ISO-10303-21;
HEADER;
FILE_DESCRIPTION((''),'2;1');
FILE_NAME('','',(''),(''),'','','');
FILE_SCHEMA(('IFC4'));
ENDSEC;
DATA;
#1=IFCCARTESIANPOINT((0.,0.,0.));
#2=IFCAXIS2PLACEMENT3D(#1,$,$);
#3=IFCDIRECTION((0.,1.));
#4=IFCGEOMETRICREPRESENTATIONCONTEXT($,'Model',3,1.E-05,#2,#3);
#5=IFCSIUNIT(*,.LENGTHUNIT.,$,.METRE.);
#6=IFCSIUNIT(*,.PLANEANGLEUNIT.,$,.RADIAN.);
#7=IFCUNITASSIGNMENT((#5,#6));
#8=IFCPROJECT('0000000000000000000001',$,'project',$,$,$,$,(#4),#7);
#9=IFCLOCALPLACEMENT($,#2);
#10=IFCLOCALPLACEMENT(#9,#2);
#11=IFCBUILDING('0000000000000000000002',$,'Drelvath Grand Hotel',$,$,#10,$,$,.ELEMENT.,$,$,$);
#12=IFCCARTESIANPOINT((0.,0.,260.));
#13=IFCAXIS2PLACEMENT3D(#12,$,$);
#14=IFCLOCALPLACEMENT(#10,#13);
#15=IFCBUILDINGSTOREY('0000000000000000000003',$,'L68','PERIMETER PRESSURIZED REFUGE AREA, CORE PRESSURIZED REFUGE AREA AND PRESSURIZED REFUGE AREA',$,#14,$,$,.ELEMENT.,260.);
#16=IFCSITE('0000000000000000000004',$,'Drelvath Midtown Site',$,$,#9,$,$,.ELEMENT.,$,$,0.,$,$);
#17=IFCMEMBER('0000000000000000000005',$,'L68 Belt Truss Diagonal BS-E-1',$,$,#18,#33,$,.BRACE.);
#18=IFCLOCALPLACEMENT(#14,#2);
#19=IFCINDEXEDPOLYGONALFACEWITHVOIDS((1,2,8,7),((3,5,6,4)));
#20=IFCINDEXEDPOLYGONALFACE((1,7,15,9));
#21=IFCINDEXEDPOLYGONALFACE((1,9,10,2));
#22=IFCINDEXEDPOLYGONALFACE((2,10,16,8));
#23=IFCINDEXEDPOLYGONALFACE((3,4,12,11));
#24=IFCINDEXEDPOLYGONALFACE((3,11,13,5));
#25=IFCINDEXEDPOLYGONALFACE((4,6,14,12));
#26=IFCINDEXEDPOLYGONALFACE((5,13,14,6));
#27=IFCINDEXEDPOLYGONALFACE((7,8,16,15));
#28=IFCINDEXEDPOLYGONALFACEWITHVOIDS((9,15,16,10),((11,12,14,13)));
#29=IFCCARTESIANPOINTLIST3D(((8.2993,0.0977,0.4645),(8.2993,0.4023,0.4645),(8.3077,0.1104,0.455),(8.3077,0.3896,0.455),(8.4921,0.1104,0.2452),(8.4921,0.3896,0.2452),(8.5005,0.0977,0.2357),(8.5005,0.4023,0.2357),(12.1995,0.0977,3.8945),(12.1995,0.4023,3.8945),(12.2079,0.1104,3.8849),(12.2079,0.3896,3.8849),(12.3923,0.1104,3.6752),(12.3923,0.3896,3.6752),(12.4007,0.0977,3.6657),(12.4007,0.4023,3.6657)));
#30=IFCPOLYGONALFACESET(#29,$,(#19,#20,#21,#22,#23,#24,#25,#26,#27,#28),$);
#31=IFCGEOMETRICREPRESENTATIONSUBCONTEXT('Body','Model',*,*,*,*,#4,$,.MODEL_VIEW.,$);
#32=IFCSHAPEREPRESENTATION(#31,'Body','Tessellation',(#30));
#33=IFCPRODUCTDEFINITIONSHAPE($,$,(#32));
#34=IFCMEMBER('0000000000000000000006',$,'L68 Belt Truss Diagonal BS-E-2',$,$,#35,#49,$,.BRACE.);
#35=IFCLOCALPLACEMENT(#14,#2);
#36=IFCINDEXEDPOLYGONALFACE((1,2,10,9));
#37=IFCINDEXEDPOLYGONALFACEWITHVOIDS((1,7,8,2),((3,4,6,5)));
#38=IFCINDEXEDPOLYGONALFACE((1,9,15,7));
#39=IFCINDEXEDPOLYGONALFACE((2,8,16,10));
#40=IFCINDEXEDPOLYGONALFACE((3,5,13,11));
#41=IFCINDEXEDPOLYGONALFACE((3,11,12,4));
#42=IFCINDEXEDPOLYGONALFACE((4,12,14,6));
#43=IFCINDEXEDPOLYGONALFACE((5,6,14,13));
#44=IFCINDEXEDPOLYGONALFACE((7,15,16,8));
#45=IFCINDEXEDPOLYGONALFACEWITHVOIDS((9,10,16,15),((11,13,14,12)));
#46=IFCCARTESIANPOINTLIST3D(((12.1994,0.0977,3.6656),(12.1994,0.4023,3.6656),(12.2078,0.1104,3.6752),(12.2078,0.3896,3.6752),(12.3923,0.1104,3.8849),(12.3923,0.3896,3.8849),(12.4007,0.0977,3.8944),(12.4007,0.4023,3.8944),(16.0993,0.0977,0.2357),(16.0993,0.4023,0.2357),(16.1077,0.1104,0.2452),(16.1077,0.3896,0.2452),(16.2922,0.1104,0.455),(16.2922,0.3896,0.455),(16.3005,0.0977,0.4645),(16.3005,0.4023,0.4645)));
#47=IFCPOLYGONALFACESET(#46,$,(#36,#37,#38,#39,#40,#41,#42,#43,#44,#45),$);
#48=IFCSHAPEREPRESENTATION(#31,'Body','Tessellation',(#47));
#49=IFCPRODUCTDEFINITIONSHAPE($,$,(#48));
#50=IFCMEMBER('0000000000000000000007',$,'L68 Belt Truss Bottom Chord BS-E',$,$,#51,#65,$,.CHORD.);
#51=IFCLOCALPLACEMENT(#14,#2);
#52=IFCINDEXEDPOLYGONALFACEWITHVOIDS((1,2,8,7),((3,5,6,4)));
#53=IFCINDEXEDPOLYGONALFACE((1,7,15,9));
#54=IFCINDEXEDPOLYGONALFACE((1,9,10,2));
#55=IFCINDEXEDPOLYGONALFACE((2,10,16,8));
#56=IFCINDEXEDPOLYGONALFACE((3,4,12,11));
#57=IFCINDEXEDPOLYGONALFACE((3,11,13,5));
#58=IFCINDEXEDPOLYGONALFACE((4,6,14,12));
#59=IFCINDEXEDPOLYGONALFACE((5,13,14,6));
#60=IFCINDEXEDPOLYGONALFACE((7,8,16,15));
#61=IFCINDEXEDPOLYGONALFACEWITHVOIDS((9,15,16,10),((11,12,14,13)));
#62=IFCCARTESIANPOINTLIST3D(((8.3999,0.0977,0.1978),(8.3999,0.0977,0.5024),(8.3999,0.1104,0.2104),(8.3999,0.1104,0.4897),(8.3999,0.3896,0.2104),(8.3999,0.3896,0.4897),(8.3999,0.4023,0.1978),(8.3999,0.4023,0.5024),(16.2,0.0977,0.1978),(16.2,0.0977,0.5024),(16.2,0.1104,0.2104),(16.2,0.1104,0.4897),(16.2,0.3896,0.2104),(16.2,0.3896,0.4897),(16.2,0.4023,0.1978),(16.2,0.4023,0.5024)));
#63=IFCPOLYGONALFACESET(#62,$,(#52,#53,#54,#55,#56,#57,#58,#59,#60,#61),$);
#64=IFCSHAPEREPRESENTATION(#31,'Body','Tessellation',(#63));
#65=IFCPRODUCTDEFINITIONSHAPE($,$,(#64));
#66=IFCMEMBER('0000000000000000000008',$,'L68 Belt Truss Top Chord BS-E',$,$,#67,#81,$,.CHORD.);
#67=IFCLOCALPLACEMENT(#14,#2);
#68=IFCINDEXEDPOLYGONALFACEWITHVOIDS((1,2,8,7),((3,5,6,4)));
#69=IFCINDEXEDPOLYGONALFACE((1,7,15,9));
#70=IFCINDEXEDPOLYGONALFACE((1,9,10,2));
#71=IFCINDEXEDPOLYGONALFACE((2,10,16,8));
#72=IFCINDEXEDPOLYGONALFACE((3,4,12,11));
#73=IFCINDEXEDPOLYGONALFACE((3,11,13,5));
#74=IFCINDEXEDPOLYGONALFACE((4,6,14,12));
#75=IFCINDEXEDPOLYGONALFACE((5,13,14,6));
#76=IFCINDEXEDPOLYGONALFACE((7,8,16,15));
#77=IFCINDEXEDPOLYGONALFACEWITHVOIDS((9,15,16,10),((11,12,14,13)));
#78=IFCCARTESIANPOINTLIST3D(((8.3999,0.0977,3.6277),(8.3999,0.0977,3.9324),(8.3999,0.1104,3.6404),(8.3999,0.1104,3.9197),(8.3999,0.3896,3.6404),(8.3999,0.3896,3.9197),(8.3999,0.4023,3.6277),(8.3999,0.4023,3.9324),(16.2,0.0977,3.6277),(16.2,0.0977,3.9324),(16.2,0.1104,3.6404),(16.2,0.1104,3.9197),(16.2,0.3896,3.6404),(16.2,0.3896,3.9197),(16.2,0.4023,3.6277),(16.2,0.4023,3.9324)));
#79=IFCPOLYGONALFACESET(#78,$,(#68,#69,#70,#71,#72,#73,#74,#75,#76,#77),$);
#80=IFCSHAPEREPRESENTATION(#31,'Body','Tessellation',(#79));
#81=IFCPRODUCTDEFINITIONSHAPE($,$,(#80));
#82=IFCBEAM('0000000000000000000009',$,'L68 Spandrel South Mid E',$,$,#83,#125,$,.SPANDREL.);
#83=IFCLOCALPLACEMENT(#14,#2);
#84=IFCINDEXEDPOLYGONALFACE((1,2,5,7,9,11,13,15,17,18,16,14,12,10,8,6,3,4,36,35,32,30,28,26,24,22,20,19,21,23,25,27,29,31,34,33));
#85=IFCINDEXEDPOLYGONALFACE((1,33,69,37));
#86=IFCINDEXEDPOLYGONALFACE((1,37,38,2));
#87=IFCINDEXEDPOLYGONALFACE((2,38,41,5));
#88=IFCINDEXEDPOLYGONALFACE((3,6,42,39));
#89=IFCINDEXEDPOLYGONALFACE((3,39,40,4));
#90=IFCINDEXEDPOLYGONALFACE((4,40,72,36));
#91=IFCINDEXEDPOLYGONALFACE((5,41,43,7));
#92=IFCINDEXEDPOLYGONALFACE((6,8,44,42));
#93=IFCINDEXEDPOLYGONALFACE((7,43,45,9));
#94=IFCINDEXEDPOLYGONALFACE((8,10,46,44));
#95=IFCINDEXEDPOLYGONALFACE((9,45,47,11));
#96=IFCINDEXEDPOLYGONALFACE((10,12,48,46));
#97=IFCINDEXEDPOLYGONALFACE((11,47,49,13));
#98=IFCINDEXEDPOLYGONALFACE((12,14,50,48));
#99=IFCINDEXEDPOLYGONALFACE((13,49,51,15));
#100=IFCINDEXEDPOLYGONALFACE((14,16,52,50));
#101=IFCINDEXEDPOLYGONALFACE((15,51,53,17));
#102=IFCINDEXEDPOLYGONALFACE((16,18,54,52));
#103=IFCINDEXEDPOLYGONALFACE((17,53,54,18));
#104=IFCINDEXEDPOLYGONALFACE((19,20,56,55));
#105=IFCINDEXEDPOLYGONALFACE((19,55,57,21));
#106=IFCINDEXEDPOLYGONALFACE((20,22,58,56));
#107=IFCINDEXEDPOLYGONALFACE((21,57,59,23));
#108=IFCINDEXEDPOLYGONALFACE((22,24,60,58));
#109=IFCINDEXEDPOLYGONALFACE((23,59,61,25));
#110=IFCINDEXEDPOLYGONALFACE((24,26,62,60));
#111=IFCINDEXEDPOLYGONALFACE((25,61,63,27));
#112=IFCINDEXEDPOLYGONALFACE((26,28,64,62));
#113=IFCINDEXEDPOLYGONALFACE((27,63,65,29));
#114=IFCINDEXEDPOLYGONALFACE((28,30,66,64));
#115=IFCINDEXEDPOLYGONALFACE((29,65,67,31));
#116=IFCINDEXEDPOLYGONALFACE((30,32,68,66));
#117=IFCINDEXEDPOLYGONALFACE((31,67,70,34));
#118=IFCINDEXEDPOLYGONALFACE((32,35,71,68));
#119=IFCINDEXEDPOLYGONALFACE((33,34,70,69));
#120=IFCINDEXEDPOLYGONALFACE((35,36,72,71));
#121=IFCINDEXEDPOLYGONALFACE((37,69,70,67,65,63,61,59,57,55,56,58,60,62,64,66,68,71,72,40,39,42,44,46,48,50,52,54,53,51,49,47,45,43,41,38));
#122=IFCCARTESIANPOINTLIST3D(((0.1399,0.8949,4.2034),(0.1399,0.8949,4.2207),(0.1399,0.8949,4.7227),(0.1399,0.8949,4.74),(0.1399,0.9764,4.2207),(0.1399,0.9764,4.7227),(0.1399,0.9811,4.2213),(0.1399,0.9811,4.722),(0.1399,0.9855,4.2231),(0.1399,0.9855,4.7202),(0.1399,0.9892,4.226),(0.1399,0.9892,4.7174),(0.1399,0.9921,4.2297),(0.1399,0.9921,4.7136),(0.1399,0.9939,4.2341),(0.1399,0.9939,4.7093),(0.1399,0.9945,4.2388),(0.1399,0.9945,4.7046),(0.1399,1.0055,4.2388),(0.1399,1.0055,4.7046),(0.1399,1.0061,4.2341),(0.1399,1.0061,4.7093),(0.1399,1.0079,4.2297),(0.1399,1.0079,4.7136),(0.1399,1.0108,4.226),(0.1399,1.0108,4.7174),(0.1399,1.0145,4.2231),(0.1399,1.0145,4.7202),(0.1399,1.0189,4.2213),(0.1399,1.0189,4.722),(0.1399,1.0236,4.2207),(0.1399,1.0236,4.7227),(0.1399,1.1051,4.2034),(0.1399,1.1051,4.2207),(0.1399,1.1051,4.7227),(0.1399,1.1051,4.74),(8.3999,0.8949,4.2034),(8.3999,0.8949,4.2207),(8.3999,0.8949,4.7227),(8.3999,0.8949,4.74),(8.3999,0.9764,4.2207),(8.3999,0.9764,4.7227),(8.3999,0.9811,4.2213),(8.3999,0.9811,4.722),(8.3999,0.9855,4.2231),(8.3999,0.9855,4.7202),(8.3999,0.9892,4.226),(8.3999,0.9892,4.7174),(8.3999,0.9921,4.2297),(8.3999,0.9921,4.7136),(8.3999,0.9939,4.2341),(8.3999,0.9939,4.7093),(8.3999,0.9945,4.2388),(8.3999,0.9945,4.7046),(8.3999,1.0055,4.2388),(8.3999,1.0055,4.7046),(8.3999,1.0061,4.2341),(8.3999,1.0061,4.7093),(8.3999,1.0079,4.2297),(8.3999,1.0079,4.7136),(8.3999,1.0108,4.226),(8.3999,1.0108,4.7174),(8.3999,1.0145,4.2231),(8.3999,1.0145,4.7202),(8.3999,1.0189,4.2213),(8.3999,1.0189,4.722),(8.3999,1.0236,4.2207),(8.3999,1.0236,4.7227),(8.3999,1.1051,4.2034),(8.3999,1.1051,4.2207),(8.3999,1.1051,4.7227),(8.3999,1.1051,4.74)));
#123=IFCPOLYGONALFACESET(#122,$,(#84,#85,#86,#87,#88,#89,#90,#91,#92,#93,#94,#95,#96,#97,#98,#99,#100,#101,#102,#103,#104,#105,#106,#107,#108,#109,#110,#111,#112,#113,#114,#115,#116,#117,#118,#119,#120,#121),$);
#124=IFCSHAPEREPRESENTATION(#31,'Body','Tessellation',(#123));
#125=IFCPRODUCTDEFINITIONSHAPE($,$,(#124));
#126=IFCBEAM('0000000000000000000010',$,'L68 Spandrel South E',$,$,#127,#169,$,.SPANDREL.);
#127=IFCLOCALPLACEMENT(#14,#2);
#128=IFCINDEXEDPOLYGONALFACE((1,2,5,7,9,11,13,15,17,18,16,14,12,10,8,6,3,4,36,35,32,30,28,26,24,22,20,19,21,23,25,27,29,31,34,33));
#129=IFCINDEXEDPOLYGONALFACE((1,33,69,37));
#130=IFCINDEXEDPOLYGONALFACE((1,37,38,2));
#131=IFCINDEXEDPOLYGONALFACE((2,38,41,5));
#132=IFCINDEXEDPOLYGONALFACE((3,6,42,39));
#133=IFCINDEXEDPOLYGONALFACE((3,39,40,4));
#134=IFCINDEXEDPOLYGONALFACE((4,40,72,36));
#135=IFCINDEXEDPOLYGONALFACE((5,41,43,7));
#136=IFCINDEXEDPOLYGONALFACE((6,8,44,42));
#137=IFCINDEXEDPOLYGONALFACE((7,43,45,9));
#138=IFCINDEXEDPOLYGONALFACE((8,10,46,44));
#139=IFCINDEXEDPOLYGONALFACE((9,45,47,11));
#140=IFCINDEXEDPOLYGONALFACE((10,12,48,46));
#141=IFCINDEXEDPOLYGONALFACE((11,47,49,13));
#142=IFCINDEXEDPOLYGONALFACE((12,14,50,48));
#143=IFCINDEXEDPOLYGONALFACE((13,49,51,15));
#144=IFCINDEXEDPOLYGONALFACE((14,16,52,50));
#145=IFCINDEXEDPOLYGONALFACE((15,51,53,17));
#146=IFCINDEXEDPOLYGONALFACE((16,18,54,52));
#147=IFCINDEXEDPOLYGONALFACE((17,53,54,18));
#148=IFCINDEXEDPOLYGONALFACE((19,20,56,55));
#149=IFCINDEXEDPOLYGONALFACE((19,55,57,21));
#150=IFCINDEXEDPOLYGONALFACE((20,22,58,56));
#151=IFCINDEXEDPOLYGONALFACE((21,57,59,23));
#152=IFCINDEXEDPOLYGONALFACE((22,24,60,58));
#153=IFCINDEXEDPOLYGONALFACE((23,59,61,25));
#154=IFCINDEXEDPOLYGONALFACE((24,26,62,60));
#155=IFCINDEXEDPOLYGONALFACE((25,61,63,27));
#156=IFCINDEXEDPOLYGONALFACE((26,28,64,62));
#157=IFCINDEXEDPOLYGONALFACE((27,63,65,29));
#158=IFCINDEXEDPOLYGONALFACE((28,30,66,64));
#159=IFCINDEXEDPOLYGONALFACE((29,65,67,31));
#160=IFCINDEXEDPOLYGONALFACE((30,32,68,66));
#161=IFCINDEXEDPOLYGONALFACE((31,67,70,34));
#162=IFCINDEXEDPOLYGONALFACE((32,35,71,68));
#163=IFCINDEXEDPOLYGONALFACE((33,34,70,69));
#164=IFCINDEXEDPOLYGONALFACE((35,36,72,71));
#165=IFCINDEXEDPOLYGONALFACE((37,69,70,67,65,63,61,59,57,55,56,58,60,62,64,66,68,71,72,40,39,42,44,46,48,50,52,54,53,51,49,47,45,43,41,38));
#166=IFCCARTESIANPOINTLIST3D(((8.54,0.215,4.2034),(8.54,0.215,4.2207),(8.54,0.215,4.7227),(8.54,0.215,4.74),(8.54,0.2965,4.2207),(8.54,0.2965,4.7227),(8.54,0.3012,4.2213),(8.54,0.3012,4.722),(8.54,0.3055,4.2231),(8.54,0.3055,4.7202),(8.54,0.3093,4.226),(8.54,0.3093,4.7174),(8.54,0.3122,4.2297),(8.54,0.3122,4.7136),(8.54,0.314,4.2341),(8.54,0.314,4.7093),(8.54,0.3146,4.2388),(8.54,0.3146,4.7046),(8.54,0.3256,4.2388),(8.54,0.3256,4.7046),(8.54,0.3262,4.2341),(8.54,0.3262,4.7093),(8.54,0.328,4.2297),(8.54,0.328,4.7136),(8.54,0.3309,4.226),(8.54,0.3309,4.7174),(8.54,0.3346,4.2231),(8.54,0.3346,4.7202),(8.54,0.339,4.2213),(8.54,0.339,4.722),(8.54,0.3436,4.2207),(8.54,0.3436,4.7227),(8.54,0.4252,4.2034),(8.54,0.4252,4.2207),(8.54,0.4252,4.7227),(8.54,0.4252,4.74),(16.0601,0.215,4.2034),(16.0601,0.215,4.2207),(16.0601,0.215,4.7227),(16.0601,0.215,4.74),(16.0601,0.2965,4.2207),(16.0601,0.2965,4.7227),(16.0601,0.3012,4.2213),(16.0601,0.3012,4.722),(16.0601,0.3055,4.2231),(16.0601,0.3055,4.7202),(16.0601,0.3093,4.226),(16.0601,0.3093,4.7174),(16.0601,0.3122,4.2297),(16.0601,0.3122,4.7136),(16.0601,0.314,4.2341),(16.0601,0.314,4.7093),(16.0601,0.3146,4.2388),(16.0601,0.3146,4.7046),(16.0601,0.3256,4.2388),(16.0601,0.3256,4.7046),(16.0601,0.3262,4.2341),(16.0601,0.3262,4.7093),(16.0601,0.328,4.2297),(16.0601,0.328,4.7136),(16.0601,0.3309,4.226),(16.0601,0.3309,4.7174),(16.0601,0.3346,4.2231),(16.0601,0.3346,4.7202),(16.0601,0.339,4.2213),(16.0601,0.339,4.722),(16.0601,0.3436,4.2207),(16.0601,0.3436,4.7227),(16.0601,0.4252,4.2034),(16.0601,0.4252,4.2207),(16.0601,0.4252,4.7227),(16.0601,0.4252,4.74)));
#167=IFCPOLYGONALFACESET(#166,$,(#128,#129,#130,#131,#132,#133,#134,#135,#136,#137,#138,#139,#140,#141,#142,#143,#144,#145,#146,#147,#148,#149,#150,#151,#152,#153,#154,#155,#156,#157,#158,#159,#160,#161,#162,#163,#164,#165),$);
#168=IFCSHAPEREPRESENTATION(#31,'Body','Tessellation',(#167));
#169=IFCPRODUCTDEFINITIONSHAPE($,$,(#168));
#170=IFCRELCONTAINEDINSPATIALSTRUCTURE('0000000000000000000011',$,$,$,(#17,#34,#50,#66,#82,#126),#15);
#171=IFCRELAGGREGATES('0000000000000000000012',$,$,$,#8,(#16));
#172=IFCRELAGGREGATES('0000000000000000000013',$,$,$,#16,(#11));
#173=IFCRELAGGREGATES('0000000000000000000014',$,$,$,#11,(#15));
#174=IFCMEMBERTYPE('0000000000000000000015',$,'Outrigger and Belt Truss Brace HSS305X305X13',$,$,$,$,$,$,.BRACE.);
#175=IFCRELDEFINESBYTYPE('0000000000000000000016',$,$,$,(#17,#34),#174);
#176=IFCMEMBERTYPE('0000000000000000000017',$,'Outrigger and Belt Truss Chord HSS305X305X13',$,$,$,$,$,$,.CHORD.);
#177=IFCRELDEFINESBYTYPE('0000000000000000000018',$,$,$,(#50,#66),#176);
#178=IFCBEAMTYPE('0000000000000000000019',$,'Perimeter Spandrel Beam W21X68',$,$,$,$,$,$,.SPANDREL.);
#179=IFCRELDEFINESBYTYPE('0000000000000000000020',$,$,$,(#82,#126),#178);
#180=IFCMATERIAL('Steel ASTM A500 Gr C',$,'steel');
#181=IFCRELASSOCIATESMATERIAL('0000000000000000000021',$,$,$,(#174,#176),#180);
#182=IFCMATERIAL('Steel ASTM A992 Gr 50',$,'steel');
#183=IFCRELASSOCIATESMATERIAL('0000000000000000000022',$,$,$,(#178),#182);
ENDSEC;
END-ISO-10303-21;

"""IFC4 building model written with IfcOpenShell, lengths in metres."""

from ifc_helpers import new_model, si_unit, direction, frame, origin, origin_2d, place, context, subcontext, project, spatial, hollow_rectangle, i_section, extrude, material, material_profile, profile_set, type_object, element, save


model = new_model("IFC4")

# Units and contexts
model_context = context("Model", 3, precision=1e-05, world=origin(), true_north=direction((0.0, 1.0)))
body_context = subcontext(model_context, "Body", "Model", "MODEL_VIEW")
ifc_project = project(units=[si_unit("LENGTHUNIT", "METRE"), si_unit("PLANEANGLEUNIT", "RADIAN")], contexts=[model_context])

# Site, building, storey
site_placement = place(None, origin())
site = spatial("IfcSite", under=ifc_project, at=site_placement, Name="Drelvath Midtown Site", CompositionType="ELEMENT", RefElevation=0.0)
building_placement = place(site_placement, origin())
building = spatial("IfcBuilding", under=site, at=building_placement, Name="Drelvath Grand Hotel", CompositionType="ELEMENT")
storey_placement = place(building_placement, frame((0.0, 0.0, 260.0)))
storey = spatial("IfcBuildingStorey", under=building, at=storey_placement, Name="L68", Description="PERIMETER PRESSURIZED REFUGE AREA, CORE PRESSURIZED REFUGE AREA AND PRESSURIZED REFUGE AREA", CompositionType="ELEMENT", Elevation=260.0)

# Shared definitions
ifc_material_1 = material(Name="Steel ASTM A992 Gr 50", Category="steel")

# Members
ifc_material_2 = material(Name="Steel ASTM A500 Gr C", Category="steel")
ifc_material_profile_1 = material_profile(ifc_material_2, hollow_rectangle(XDim=0.3047, YDim=0.3047, WallThickness=0.0127, at=origin_2d()), Name="HSS305X305X13")
ifc_profile_set_1 = profile_set([ifc_material_profile_1], Name="Steel ASTM A500 Gr C")
member_type_1 = type_object("IfcMemberType", Name="Outrigger and Belt Truss Brace HSS305X305X13", PredefinedType="BRACE", material=ifc_profile_set_1)
member_1_placement = place(storey_placement, frame((8.3999, 0.25, 0.3501), z_axis=(0.750923, 0.0, 0.660389), x_axis=(0.0, 1.0, 0.0)))
element("IfcMember", 1, at=member_1_placement, inside=storey, type_object=member_type_1, Name="L68 Belt Truss Diagonal BS-E-1", PredefinedType="BRACE", context=body_context, shape_type="SweptSolid", body=[
    extrude(hollow_rectangle(XDim=0.3047, YDim=0.3047, WallThickness=0.0127, at=origin_2d()), origin(), (0.0, 0.0, 1.0), 5.1938),
])
member_2_placement = place(storey_placement, frame((12.3, 0.25, 3.78), z_axis=(0.750903, 0.0, -0.660413), x_axis=(0.0, 1.0, 0.0)))
element("IfcMember", 2, at=member_2_placement, inside=storey, type_object=member_type_1, Name="L68 Belt Truss Diagonal BS-E-2", PredefinedType="BRACE", context=body_context, shape_type="SweptSolid", body=[
    extrude(hollow_rectangle(XDim=0.3047, YDim=0.3047, WallThickness=0.0127, at=origin_2d()), origin(), (0.0, 0.0, 1.0), 5.1936),
])
ifc_material_profile_2 = material_profile(ifc_material_2, hollow_rectangle(XDim=0.3047, YDim=0.3047, WallThickness=0.0127, at=origin_2d()), Name="HSS305X305X13")
ifc_profile_set_2 = profile_set([ifc_material_profile_2], Name="Steel ASTM A500 Gr C")
member_type_2 = type_object("IfcMemberType", Name="Outrigger and Belt Truss Chord HSS305X305X13", PredefinedType="CHORD", material=ifc_profile_set_2)
for number, where, z_axis, x_axis, name in (
    (3, (8.3999, 0.25, 0.3501), (1.0, 0.0, 0.0), (0.0, 1.0, 0.0), "L68 Belt Truss Bottom Chord BS-E"),
    (4, (8.3999, 0.25, 3.78), (1.0, 0.0, 0.0), (0.0, 1.0, 0.0), "L68 Belt Truss Top Chord BS-E"),
):
    element("IfcMember", number, at=place(storey_placement, frame(where, z_axis=z_axis, x_axis=x_axis)), inside=storey, type_object=member_type_2, Name=name, PredefinedType="CHORD", context=body_context, shape_type="SweptSolid", body=[
        extrude(hollow_rectangle(XDim=0.3047, YDim=0.3047, WallThickness=0.0127, at=origin_2d()), origin(), (0.0, 0.0, 1.0), 7.8),
    ])

# Beams
ifc_material_profile_3 = material_profile(ifc_material_1, i_section(OverallWidth=0.2102, OverallDepth=0.5366, WebThickness=0.011, FlangeThickness=0.0173, FilletRadius=0.0181, at=origin_2d()), Name="W21X68")
ifc_profile_set_3 = profile_set([ifc_material_profile_3], Name="Steel ASTM A992 Gr 50")
beam_type_1 = type_object("IfcBeamType", Name="Perimeter Spandrel Beam W21X68", PredefinedType="SPANDREL", material=ifc_profile_set_3)
beam_1_placement = place(storey_placement, frame((0.1399, 1.0, 4.4717), z_axis=(1.0, 0.0, 0.0), x_axis=(0.0, 1.0, 0.0)))
element("IfcBeam", 5, at=beam_1_placement, inside=storey, type_object=beam_type_1, Name="L68 Spandrel South Mid E", PredefinedType="SPANDREL", context=body_context, shape_type="SweptSolid", body=[
    extrude(i_section(OverallWidth=0.2102, OverallDepth=0.5366, WebThickness=0.011, FlangeThickness=0.0173, FilletRadius=0.0181, at=origin_2d()), origin(), (0.0, 0.0, 1.0), 8.26),
])
beam_2_placement = place(storey_placement, frame((8.54, 0.3201, 4.4717), z_axis=(1.0, 0.0, 0.0), x_axis=(0.0, 1.0, 0.0)))
element("IfcBeam", 6, at=beam_2_placement, inside=storey, type_object=beam_type_1, Name="L68 Spandrel South E", PredefinedType="SPANDREL", context=body_context, shape_type="SweptSolid", body=[
    extrude(i_section(OverallWidth=0.2102, OverallDepth=0.5366, WebThickness=0.011, FlangeThickness=0.0173, FilletRadius=0.0181, at=origin_2d()), origin(), (0.0, 0.0, 1.0), 7.52),
])

save(model, "model.ifc")
